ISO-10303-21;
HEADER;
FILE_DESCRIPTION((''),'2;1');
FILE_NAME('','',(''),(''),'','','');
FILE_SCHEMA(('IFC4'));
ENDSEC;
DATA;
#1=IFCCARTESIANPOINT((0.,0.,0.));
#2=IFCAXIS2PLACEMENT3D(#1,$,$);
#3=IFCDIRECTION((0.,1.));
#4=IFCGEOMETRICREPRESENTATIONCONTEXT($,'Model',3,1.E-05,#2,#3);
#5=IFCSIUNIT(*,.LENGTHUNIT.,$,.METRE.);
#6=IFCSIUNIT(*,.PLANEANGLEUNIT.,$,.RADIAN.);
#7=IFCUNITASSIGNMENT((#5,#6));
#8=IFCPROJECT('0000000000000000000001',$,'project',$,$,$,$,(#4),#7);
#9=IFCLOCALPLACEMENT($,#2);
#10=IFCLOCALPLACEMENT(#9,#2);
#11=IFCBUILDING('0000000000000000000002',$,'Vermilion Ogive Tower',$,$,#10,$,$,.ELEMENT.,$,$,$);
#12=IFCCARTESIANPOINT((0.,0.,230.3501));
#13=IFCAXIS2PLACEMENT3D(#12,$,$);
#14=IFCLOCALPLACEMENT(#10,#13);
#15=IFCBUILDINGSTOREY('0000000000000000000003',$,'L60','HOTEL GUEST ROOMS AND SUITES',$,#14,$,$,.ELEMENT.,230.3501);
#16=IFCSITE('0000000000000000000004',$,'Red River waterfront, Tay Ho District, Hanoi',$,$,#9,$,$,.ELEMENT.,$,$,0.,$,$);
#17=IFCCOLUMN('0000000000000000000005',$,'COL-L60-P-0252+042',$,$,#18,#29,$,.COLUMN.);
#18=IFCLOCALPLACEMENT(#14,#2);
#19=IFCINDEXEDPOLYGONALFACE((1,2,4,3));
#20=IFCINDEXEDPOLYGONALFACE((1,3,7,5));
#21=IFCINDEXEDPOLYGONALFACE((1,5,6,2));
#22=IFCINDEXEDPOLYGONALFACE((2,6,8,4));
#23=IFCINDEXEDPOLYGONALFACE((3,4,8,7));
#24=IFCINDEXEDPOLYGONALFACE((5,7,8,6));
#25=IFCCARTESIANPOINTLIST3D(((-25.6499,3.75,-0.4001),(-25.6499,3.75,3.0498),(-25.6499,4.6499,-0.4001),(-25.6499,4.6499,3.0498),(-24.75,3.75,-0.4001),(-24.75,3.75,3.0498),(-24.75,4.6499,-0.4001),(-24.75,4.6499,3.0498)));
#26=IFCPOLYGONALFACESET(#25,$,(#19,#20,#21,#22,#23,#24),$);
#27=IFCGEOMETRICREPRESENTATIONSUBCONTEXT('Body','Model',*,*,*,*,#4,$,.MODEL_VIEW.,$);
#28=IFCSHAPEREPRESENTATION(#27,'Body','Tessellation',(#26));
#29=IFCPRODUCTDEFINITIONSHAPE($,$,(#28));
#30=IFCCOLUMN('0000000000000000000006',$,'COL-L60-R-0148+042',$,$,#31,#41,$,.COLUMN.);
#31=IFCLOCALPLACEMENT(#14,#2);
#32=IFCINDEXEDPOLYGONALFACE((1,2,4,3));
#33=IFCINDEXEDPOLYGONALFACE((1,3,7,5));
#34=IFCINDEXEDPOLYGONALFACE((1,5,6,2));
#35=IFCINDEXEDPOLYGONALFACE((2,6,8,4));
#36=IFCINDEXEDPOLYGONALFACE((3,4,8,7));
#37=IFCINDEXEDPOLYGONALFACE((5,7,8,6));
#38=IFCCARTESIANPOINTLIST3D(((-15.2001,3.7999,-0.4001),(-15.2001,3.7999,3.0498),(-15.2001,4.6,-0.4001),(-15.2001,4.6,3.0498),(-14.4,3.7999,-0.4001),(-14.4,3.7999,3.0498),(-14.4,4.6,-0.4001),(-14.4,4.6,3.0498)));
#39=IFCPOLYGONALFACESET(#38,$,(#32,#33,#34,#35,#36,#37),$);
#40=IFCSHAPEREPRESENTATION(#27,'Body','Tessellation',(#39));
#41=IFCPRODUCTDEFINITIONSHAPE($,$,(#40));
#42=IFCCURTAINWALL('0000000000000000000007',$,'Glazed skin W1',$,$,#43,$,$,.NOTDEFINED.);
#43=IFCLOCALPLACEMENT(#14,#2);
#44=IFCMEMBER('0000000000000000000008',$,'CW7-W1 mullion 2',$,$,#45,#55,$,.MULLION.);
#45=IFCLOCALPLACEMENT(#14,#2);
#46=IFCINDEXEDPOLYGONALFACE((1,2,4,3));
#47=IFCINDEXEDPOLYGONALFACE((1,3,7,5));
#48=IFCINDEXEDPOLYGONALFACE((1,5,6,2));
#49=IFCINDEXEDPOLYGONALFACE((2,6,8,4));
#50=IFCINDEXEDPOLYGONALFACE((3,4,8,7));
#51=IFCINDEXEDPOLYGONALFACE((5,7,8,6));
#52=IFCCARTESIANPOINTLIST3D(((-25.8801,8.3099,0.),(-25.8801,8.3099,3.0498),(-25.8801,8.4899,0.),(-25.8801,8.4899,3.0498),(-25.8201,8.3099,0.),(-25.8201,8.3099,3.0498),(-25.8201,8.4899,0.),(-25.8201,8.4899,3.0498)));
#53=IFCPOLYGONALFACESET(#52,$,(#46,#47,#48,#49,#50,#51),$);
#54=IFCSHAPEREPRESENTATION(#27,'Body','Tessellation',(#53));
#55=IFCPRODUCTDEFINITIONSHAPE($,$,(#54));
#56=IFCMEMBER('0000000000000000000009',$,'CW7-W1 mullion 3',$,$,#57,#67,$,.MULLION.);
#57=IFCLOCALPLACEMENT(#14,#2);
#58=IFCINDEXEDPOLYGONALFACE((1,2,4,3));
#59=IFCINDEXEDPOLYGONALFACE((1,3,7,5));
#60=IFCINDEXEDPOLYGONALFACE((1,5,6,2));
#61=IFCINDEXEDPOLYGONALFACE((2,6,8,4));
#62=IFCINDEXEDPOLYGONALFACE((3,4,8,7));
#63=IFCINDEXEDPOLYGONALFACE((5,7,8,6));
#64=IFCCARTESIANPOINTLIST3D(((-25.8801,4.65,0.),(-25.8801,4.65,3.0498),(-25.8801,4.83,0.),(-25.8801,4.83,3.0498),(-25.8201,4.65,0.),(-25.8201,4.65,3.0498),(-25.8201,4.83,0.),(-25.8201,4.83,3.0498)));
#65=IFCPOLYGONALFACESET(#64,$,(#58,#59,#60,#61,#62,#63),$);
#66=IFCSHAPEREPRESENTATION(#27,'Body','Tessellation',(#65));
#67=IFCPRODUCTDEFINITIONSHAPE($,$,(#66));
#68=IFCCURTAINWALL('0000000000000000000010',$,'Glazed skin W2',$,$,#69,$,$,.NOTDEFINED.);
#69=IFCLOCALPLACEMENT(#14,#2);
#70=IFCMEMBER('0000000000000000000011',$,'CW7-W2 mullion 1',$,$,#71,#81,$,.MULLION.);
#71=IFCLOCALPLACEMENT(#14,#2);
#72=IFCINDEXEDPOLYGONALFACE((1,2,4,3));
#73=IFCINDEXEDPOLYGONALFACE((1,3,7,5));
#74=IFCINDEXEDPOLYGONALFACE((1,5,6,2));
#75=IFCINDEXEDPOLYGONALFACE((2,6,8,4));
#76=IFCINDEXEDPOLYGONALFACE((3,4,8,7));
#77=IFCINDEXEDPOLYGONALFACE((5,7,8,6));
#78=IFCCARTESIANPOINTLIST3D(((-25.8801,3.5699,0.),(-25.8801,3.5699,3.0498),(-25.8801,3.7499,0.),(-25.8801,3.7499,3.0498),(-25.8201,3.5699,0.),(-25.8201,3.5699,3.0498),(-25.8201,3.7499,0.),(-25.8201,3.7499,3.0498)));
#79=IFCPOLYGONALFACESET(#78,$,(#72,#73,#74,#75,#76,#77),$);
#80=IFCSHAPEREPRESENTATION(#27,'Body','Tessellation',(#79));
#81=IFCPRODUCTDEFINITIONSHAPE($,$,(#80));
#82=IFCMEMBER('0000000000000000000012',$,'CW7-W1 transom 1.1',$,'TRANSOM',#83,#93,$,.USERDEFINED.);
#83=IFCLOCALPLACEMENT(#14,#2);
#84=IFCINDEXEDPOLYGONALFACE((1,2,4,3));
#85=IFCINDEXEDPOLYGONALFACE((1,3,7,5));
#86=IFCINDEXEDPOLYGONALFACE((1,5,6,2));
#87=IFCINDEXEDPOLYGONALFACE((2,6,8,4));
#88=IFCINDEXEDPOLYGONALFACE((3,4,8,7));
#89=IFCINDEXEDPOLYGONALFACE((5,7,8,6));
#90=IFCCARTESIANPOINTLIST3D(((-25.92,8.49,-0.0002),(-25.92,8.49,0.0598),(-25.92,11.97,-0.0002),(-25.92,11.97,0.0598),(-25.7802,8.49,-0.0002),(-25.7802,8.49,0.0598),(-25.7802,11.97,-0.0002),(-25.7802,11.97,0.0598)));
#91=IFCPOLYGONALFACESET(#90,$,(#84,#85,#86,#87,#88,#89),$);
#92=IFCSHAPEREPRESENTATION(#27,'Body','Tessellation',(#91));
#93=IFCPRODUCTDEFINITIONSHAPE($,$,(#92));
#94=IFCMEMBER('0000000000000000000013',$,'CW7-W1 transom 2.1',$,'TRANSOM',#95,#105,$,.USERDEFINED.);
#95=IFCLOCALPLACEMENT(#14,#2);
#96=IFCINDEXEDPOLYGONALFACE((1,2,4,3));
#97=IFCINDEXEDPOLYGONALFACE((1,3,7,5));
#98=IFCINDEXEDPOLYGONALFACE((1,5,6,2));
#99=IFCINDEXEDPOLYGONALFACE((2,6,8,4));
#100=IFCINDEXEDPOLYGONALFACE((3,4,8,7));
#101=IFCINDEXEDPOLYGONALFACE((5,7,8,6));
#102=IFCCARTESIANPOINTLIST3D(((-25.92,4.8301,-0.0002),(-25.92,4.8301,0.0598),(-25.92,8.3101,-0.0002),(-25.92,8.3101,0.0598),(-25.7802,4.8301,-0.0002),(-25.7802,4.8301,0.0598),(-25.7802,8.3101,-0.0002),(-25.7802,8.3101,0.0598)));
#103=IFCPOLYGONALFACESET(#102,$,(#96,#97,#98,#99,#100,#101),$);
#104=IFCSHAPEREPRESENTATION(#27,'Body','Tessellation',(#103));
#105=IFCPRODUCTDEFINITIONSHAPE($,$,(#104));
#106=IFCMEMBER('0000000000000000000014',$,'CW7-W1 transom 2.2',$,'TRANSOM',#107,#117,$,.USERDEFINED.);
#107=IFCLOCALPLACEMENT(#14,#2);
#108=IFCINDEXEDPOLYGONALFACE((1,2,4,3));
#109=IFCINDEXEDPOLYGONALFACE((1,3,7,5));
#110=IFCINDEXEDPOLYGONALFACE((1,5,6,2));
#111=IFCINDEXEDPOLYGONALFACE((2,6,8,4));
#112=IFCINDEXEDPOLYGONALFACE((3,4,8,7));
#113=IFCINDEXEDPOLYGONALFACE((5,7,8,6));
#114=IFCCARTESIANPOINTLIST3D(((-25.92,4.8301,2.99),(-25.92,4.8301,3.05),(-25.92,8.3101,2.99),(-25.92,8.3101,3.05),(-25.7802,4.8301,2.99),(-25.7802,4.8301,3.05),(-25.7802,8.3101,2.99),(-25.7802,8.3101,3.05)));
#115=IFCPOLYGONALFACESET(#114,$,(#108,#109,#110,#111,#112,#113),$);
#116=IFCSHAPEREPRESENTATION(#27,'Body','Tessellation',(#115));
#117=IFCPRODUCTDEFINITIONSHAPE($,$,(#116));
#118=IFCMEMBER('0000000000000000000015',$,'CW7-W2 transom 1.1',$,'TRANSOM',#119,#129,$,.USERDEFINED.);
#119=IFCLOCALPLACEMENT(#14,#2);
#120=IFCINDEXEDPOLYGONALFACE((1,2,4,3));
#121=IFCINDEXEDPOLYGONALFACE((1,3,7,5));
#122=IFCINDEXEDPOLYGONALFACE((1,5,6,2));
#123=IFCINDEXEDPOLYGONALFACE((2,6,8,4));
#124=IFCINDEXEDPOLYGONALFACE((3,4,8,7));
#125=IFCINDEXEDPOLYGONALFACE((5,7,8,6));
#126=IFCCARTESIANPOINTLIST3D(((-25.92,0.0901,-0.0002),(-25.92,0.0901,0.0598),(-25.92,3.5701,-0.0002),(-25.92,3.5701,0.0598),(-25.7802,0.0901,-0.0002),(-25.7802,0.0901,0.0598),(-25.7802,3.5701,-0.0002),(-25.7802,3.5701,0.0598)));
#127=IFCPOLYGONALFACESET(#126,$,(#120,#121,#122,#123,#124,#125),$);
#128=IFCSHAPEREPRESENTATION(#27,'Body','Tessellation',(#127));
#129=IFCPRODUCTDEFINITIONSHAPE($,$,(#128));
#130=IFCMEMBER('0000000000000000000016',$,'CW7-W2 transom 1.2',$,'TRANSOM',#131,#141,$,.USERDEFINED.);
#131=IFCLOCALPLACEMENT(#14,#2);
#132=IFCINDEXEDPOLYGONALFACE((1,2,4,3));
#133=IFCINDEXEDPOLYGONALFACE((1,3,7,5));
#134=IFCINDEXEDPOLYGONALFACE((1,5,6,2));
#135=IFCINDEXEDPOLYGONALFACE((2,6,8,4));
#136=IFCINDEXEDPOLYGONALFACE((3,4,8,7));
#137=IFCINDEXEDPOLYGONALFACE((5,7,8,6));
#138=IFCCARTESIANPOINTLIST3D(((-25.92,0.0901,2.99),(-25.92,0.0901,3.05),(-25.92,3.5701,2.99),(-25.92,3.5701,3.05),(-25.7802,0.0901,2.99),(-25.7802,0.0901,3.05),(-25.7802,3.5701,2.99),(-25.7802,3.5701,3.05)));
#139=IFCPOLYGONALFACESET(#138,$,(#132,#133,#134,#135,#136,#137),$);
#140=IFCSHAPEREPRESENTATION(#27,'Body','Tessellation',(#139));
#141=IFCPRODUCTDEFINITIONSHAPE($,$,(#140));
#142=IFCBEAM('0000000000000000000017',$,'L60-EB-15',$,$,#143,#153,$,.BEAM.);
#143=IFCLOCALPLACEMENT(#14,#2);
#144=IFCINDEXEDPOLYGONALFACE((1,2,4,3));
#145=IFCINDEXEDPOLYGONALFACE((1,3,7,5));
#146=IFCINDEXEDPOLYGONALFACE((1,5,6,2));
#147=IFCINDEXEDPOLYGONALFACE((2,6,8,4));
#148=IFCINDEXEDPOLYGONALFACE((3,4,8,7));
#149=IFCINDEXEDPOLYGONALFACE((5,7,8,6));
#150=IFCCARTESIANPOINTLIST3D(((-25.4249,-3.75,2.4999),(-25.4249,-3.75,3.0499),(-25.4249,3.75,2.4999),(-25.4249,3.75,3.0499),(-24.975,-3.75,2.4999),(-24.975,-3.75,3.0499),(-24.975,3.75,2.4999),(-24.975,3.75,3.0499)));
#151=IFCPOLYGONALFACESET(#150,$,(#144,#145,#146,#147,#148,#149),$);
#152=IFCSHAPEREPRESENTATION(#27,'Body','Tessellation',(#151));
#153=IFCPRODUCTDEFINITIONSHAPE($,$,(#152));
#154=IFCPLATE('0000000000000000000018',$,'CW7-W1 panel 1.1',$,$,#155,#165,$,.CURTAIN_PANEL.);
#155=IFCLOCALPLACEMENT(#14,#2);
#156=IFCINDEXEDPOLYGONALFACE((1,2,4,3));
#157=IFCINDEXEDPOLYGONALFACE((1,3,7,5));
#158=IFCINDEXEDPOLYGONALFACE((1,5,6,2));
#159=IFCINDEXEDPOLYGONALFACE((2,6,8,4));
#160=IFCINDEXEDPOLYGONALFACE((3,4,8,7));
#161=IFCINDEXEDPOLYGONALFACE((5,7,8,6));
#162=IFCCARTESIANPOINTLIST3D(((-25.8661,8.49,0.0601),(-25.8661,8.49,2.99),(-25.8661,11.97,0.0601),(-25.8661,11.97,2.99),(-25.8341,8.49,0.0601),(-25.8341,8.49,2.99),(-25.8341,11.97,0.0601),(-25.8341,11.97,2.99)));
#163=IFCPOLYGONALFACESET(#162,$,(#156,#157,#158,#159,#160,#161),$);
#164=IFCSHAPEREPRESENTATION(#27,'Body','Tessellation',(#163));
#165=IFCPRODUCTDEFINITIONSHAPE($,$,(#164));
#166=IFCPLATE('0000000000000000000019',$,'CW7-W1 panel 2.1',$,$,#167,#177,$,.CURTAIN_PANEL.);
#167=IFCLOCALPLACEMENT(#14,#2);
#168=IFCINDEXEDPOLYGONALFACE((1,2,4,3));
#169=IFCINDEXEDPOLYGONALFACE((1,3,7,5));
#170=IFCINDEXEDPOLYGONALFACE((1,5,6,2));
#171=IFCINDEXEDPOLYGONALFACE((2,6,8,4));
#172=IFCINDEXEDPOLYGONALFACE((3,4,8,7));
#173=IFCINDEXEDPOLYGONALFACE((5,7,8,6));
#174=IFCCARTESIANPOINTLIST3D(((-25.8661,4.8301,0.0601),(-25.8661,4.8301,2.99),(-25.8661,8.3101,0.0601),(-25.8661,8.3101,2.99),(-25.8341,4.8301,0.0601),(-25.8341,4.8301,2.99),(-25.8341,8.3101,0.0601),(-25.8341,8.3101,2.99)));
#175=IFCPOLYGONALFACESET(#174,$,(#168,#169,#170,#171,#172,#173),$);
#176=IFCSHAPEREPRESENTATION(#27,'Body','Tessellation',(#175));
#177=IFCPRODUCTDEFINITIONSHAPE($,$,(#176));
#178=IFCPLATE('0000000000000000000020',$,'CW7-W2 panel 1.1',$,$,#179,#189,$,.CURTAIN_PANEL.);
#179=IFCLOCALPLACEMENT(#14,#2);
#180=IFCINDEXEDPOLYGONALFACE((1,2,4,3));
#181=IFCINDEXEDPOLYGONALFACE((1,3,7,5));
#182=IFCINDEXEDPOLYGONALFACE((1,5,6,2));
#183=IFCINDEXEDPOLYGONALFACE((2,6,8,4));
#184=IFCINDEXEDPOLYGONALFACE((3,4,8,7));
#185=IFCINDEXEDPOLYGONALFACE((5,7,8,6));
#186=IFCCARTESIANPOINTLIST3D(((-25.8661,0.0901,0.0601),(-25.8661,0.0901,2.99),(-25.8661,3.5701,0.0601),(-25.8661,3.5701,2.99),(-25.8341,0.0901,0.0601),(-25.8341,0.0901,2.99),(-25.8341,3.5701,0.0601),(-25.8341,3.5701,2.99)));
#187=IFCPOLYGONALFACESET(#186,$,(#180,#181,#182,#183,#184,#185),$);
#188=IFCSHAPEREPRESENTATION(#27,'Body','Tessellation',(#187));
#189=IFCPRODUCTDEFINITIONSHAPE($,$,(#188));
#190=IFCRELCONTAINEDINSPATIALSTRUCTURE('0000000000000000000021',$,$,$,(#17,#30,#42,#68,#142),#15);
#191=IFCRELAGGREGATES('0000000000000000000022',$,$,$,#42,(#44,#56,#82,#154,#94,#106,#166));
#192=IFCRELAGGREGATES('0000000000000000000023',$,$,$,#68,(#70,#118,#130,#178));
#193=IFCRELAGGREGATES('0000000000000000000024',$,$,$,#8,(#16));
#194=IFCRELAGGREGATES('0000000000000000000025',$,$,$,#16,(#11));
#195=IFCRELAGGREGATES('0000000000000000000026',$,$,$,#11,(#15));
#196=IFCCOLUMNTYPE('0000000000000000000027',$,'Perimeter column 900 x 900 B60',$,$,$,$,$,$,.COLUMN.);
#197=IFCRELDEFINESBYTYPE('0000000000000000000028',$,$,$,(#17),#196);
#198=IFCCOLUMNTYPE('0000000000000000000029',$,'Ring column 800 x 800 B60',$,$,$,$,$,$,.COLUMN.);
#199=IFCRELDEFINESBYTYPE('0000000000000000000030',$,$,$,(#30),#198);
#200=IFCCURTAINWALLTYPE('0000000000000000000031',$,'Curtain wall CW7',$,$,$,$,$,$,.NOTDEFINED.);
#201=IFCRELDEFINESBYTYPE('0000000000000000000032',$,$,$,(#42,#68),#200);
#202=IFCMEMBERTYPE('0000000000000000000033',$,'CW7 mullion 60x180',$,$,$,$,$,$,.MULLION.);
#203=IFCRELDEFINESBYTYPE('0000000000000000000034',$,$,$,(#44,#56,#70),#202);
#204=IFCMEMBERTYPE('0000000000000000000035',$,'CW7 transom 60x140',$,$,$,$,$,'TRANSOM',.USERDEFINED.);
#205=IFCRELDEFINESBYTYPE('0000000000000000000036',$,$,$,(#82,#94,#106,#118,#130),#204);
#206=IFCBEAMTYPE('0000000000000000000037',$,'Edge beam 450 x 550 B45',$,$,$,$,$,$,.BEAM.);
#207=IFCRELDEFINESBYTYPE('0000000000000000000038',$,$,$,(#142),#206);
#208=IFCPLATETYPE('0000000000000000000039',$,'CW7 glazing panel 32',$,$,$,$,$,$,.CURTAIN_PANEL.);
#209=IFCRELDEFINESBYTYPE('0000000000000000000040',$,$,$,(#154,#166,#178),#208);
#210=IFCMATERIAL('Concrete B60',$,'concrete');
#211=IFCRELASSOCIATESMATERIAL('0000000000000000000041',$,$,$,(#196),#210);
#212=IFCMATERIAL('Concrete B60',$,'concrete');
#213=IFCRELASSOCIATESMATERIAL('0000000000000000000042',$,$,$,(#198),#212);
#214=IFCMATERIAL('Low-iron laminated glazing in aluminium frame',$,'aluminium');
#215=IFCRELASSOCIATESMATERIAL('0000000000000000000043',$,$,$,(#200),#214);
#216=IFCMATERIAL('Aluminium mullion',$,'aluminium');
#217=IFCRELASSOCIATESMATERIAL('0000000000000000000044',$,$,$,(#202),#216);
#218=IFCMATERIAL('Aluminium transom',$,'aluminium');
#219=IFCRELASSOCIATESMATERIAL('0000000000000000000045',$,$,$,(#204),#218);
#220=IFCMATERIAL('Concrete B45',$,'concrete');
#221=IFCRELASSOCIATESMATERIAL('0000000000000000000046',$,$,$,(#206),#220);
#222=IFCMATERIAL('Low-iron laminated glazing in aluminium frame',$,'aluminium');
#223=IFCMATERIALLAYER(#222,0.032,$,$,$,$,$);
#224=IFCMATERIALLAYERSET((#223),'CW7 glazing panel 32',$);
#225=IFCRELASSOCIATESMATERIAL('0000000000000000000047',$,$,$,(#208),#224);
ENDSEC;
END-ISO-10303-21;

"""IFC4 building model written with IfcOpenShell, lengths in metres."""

from ifc_helpers import new_model, si_unit, direction, frame, origin, origin_2d, place, context, subcontext, project, spatial, rectangle, extrude, material, layer, layer_set, material_profile, profile_set, type_object, element, aggregate, save


model = new_model("IFC4")

# Units and contexts
model_context = context("Model", 3, precision=1e-05, world=origin(), true_north=direction((0.0, 1.0)))
body_context = subcontext(model_context, "Body", "Model", "MODEL_VIEW")
ifc_project = project(units=[si_unit("LENGTHUNIT", "METRE"), si_unit("PLANEANGLEUNIT", "RADIAN")], contexts=[model_context])

# Site, building, storey
site_placement = place(None, origin())
site = spatial("IfcSite", under=ifc_project, at=site_placement, Name="Red River waterfront, Tay Ho District, Hanoi", CompositionType="ELEMENT", RefElevation=0.0)
building_placement = place(site_placement, origin())
building = spatial("IfcBuilding", under=site, at=building_placement, Name="Vermilion Ogive Tower", CompositionType="ELEMENT")
storey_placement = place(building_placement, frame((0.0, 0.0, 230.3501)))
storey = spatial("IfcBuildingStorey", under=building, at=storey_placement, Name="L60", Description="HOTEL GUEST ROOMS AND SUITES", CompositionType="ELEMENT", Elevation=230.3501)

# Columns
ifc_material_1 = material(Name="Concrete B60", Category="concrete")
ifc_material_profile_1 = material_profile(ifc_material_1, rectangle(XDim=0.8999, YDim=0.8999, at=origin_2d()), Name="900 x 900")
ifc_profile_set_1 = profile_set([ifc_material_profile_1], Name="Concrete B60")
column_type_1 = type_object("IfcColumnType", Name="Perimeter column 900 x 900 B60", PredefinedType="COLUMN", material=ifc_profile_set_1)
column_1_placement = place(storey_placement, frame((-25.2, 4.2, -0.4001), z_axis=(0.0, 0.0, 1.0), x_axis=(1.0, 0.0, 0.0)))
element("IfcColumn", 1, at=column_1_placement, inside=storey, type_object=column_type_1, Name="COL-L60-P-0252+042", PredefinedType="COLUMN", context=body_context, shape_type="SweptSolid", body=[
    extrude(rectangle(XDim=0.8999, YDim=0.8999, at=origin_2d()), origin(), (0.0, 0.0, 1.0), 3.45),
])
ifc_material_2 = material(Name="Concrete B60", Category="concrete")
ifc_material_profile_2 = material_profile(ifc_material_2, rectangle(XDim=0.8, YDim=0.8, at=origin_2d()), Name="800 x 800")
ifc_profile_set_2 = profile_set([ifc_material_profile_2], Name="Concrete B60")
column_type_2 = type_object("IfcColumnType", Name="Ring column 800 x 800 B60", PredefinedType="COLUMN", material=ifc_profile_set_2)
column_2_placement = place(storey_placement, frame((-14.8, 4.2, -0.4001), z_axis=(0.0, 0.0, 1.0), x_axis=(1.0, 0.0, 0.0)))
element("IfcColumn", 2, at=column_2_placement, inside=storey, type_object=column_type_2, Name="COL-L60-R-0148+042", PredefinedType="COLUMN", context=body_context, shape_type="SweptSolid", body=[
    extrude(rectangle(XDim=0.8, YDim=0.8, at=origin_2d()), origin(), (0.0, 0.0, 1.0), 3.45),
])

# Curtain wall, members
ifc_material_3 = material(Name="Low-iron laminated glazing in aluminium frame", Category="aluminium")
curtain_wall_type = type_object("IfcCurtainWallType", Name="Curtain wall CW7", PredefinedType="NOTDEFINED", material=ifc_material_3)
curtain_wall_1_placement = place(storey_placement, origin())
curtain_wall_1 = element("IfcCurtainWall", 3, at=curtain_wall_1_placement, inside=storey, type_object=curtain_wall_type, Name="Glazed skin W1", PredefinedType="NOTDEFINED")
ifc_material_4 = material(Name="Aluminium mullion", Category="aluminium")
ifc_material_profile_3 = material_profile(ifc_material_4, rectangle(XDim=0.0601, YDim=0.1799, at=origin_2d()), Name="AL 60x180")
ifc_profile_set_3 = profile_set([ifc_material_profile_3], Name="Aluminium mullion")
member_type_1 = type_object("IfcMemberType", Name="CW7 mullion 60x180", PredefinedType="MULLION", material=ifc_profile_set_3)
member_1_placement = place(storey_placement, frame((-25.8501, 8.3999, 0.0), z_axis=(0.0, 0.0, 1.0), x_axis=(1.0, 0.0, 0.0)))
member_1 = element("IfcMember", 4, at=member_1_placement, type_object=member_type_1, Name="CW7-W1 mullion 2", PredefinedType="MULLION", context=body_context, shape_type="SweptSolid", body=[
    extrude(rectangle(XDim=0.0601, YDim=0.1799, at=origin_2d()), origin(), (0.0, 0.0, 1.0), 3.0498),
])
member_2_placement = place(storey_placement, frame((-25.8501, 4.74, 0.0), z_axis=(0.0, 0.0, 1.0), x_axis=(1.0, 0.0, 0.0)))
member_2 = element("IfcMember", 5, at=member_2_placement, type_object=member_type_1, Name="CW7-W1 mullion 3", PredefinedType="MULLION", context=body_context, shape_type="SweptSolid", body=[
    extrude(rectangle(XDim=0.0601, YDim=0.1799, at=origin_2d()), origin(), (0.0, 0.0, 1.0), 3.0498),
])

# Curtain wall, member
curtain_wall_2_placement = place(storey_placement, origin())
curtain_wall_2 = element("IfcCurtainWall", 6, at=curtain_wall_2_placement, inside=storey, type_object=curtain_wall_type, Name="Glazed skin W2", PredefinedType="NOTDEFINED")
member_3_placement = place(storey_placement, frame((-25.8501, 3.6599, 0.0), z_axis=(0.0, 0.0, 1.0), x_axis=(1.0, 0.0, 0.0)))
member_3 = element("IfcMember", 7, at=member_3_placement, type_object=member_type_1, Name="CW7-W2 mullion 1", PredefinedType="MULLION", context=body_context, shape_type="SweptSolid", body=[
    extrude(rectangle(XDim=0.0601, YDim=0.1799, at=origin_2d()), origin(), (0.0, 0.0, 1.0), 3.0498),
])

# Members
ifc_material_5 = material(Name="Aluminium transom", Category="aluminium")
ifc_material_profile_4 = material_profile(ifc_material_5, rectangle(XDim=0.1399, YDim=0.0601, at=origin_2d()), Name="AL 60x140")
ifc_profile_set_4 = profile_set([ifc_material_profile_4], Name="Aluminium transom")
member_type_2 = type_object("IfcMemberType", Name="CW7 transom 60x140", ElementType="TRANSOM", PredefinedType="USERDEFINED", material=ifc_profile_set_4)
member_4_placement = place(storey_placement, frame((-25.8501, 11.97, 0.0298), z_axis=(0.0, -1.0, 0.0), x_axis=(1.0, 0.0, 0.0)))
member_4 = element("IfcMember", 8, at=member_4_placement, type_object=member_type_2, Name="CW7-W1 transom 1.1", ObjectType="TRANSOM", PredefinedType="USERDEFINED", context=body_context, shape_type="SweptSolid", body=[
    extrude(rectangle(XDim=0.1399, YDim=0.0601, at=origin_2d()), origin(), (0.0, 0.0, 1.0), 3.48),
])
member_5_placement = place(storey_placement, frame((-25.8501, 8.3101, 0.0298), z_axis=(0.0, -1.0, 0.0), x_axis=(1.0, 0.0, 0.0)))
member_5 = element("IfcMember", 9, at=member_5_placement, type_object=member_type_2, Name="CW7-W1 transom 2.1", ObjectType="TRANSOM", PredefinedType="USERDEFINED", context=body_context, shape_type="SweptSolid", body=[
    extrude(rectangle(XDim=0.1399, YDim=0.0601, at=origin_2d()), origin(), (0.0, 0.0, 1.0), 3.48),
])
member_6_placement = place(storey_placement, frame((-25.8501, 8.3101, 3.02), z_axis=(0.0, -1.0, 0.0), x_axis=(1.0, 0.0, 0.0)))
member_6 = element("IfcMember", 10, at=member_6_placement, type_object=member_type_2, Name="CW7-W1 transom 2.2", ObjectType="TRANSOM", PredefinedType="USERDEFINED", context=body_context, shape_type="SweptSolid", body=[
    extrude(rectangle(XDim=0.1399, YDim=0.0601, at=origin_2d()), origin(), (0.0, 0.0, 1.0), 3.48),
])
member_7_placement = place(storey_placement, frame((-25.8501, 3.5701, 0.0298), z_axis=(0.0, -1.0, 0.0), x_axis=(1.0, 0.0, 0.0)))
member_7 = element("IfcMember", 11, at=member_7_placement, type_object=member_type_2, Name="CW7-W2 transom 1.1", ObjectType="TRANSOM", PredefinedType="USERDEFINED", context=body_context, shape_type="SweptSolid", body=[
    extrude(rectangle(XDim=0.1399, YDim=0.0601, at=origin_2d()), origin(), (0.0, 0.0, 1.0), 3.48),
])
member_8_placement = place(storey_placement, frame((-25.8501, 3.5701, 3.02), z_axis=(0.0, -1.0, 0.0), x_axis=(1.0, 0.0, 0.0)))
member_8 = element("IfcMember", 12, at=member_8_placement, type_object=member_type_2, Name="CW7-W2 transom 1.2", ObjectType="TRANSOM", PredefinedType="USERDEFINED", context=body_context, shape_type="SweptSolid", body=[
    extrude(rectangle(XDim=0.1399, YDim=0.0601, at=origin_2d()), origin(), (0.0, 0.0, 1.0), 3.48),
])

# Beam
ifc_material_6 = material(Name="Concrete B45", Category="concrete")
ifc_material_profile_5 = material_profile(ifc_material_6, rectangle(XDim=0.45, YDim=0.55, at=origin_2d()), Name="450 x 550")
ifc_profile_set_5 = profile_set([ifc_material_profile_5], Name="Concrete B45")
beam_type = type_object("IfcBeamType", Name="Edge beam 450 x 550 B45", PredefinedType="BEAM", material=ifc_profile_set_5)
beam_placement = place(storey_placement, frame((-25.2, 3.75, 2.7749), z_axis=(0.0, -1.0, 0.0), x_axis=(1.0, 0.0, 0.0)))
element("IfcBeam", 13, at=beam_placement, inside=storey, type_object=beam_type, Name="L60-EB-15", PredefinedType="BEAM", context=body_context, shape_type="SweptSolid", body=[
    extrude(rectangle(XDim=0.45, YDim=0.55, at=origin_2d()), origin(), (0.0, 0.0, 1.0), 7.5),
])

# Plates
ifc_material_7 = material(Name="Low-iron laminated glazing in aluminium frame", Category="aluminium")
ifc_layer_1 = layer(ifc_material_7, 0.032)
ifc_layer_set_1 = layer_set([ifc_layer_1], Name="CW7 glazing panel 32")
plate_type = type_object("IfcPlateType", Name="CW7 glazing panel 32", PredefinedType="CURTAIN_PANEL", material=ifc_layer_set_1)
plate_1_placement = place(storey_placement, frame((-25.8501, 10.23, 0.0601), z_axis=(0.0, 0.0, 1.0), x_axis=(0.0, -1.0, 0.0)))
plate_1 = element("IfcPlate", 14, at=plate_1_placement, type_object=plate_type, Name="CW7-W1 panel 1.1", PredefinedType="CURTAIN_PANEL", context=body_context, shape_type="SweptSolid", body=[
    extrude(rectangle(XDim=3.48, YDim=0.032, at=origin_2d()), origin(), (0.0, 0.0, 1.0), 2.9299),
])
plate_2_placement = place(storey_placement, frame((-25.8501, 6.5701, 0.0601), z_axis=(0.0, 0.0, 1.0), x_axis=(0.0, -1.0, 0.0)))
plate_2 = element("IfcPlate", 15, at=plate_2_placement, type_object=plate_type, Name="CW7-W1 panel 2.1", PredefinedType="CURTAIN_PANEL", context=body_context, shape_type="SweptSolid", body=[
    extrude(rectangle(XDim=3.48, YDim=0.032, at=origin_2d()), origin(), (0.0, 0.0, 1.0), 2.9299),
])
aggregate(curtain_wall_1, [member_1, member_2, member_4, plate_1, member_5, member_6, plate_2])
plate_3_placement = place(storey_placement, frame((-25.8501, 1.8301, 0.0601), z_axis=(0.0, 0.0, 1.0), x_axis=(0.0, -1.0, 0.0)))
plate_3 = element("IfcPlate", 16, at=plate_3_placement, type_object=plate_type, Name="CW7-W2 panel 1.1", PredefinedType="CURTAIN_PANEL", context=body_context, shape_type="SweptSolid", body=[
    extrude(rectangle(XDim=3.48, YDim=0.032, at=origin_2d()), origin(), (0.0, 0.0, 1.0), 2.9299),
])
aggregate(curtain_wall_2, [member_3, member_7, member_8, plate_3])

save(model, "model.ifc")
